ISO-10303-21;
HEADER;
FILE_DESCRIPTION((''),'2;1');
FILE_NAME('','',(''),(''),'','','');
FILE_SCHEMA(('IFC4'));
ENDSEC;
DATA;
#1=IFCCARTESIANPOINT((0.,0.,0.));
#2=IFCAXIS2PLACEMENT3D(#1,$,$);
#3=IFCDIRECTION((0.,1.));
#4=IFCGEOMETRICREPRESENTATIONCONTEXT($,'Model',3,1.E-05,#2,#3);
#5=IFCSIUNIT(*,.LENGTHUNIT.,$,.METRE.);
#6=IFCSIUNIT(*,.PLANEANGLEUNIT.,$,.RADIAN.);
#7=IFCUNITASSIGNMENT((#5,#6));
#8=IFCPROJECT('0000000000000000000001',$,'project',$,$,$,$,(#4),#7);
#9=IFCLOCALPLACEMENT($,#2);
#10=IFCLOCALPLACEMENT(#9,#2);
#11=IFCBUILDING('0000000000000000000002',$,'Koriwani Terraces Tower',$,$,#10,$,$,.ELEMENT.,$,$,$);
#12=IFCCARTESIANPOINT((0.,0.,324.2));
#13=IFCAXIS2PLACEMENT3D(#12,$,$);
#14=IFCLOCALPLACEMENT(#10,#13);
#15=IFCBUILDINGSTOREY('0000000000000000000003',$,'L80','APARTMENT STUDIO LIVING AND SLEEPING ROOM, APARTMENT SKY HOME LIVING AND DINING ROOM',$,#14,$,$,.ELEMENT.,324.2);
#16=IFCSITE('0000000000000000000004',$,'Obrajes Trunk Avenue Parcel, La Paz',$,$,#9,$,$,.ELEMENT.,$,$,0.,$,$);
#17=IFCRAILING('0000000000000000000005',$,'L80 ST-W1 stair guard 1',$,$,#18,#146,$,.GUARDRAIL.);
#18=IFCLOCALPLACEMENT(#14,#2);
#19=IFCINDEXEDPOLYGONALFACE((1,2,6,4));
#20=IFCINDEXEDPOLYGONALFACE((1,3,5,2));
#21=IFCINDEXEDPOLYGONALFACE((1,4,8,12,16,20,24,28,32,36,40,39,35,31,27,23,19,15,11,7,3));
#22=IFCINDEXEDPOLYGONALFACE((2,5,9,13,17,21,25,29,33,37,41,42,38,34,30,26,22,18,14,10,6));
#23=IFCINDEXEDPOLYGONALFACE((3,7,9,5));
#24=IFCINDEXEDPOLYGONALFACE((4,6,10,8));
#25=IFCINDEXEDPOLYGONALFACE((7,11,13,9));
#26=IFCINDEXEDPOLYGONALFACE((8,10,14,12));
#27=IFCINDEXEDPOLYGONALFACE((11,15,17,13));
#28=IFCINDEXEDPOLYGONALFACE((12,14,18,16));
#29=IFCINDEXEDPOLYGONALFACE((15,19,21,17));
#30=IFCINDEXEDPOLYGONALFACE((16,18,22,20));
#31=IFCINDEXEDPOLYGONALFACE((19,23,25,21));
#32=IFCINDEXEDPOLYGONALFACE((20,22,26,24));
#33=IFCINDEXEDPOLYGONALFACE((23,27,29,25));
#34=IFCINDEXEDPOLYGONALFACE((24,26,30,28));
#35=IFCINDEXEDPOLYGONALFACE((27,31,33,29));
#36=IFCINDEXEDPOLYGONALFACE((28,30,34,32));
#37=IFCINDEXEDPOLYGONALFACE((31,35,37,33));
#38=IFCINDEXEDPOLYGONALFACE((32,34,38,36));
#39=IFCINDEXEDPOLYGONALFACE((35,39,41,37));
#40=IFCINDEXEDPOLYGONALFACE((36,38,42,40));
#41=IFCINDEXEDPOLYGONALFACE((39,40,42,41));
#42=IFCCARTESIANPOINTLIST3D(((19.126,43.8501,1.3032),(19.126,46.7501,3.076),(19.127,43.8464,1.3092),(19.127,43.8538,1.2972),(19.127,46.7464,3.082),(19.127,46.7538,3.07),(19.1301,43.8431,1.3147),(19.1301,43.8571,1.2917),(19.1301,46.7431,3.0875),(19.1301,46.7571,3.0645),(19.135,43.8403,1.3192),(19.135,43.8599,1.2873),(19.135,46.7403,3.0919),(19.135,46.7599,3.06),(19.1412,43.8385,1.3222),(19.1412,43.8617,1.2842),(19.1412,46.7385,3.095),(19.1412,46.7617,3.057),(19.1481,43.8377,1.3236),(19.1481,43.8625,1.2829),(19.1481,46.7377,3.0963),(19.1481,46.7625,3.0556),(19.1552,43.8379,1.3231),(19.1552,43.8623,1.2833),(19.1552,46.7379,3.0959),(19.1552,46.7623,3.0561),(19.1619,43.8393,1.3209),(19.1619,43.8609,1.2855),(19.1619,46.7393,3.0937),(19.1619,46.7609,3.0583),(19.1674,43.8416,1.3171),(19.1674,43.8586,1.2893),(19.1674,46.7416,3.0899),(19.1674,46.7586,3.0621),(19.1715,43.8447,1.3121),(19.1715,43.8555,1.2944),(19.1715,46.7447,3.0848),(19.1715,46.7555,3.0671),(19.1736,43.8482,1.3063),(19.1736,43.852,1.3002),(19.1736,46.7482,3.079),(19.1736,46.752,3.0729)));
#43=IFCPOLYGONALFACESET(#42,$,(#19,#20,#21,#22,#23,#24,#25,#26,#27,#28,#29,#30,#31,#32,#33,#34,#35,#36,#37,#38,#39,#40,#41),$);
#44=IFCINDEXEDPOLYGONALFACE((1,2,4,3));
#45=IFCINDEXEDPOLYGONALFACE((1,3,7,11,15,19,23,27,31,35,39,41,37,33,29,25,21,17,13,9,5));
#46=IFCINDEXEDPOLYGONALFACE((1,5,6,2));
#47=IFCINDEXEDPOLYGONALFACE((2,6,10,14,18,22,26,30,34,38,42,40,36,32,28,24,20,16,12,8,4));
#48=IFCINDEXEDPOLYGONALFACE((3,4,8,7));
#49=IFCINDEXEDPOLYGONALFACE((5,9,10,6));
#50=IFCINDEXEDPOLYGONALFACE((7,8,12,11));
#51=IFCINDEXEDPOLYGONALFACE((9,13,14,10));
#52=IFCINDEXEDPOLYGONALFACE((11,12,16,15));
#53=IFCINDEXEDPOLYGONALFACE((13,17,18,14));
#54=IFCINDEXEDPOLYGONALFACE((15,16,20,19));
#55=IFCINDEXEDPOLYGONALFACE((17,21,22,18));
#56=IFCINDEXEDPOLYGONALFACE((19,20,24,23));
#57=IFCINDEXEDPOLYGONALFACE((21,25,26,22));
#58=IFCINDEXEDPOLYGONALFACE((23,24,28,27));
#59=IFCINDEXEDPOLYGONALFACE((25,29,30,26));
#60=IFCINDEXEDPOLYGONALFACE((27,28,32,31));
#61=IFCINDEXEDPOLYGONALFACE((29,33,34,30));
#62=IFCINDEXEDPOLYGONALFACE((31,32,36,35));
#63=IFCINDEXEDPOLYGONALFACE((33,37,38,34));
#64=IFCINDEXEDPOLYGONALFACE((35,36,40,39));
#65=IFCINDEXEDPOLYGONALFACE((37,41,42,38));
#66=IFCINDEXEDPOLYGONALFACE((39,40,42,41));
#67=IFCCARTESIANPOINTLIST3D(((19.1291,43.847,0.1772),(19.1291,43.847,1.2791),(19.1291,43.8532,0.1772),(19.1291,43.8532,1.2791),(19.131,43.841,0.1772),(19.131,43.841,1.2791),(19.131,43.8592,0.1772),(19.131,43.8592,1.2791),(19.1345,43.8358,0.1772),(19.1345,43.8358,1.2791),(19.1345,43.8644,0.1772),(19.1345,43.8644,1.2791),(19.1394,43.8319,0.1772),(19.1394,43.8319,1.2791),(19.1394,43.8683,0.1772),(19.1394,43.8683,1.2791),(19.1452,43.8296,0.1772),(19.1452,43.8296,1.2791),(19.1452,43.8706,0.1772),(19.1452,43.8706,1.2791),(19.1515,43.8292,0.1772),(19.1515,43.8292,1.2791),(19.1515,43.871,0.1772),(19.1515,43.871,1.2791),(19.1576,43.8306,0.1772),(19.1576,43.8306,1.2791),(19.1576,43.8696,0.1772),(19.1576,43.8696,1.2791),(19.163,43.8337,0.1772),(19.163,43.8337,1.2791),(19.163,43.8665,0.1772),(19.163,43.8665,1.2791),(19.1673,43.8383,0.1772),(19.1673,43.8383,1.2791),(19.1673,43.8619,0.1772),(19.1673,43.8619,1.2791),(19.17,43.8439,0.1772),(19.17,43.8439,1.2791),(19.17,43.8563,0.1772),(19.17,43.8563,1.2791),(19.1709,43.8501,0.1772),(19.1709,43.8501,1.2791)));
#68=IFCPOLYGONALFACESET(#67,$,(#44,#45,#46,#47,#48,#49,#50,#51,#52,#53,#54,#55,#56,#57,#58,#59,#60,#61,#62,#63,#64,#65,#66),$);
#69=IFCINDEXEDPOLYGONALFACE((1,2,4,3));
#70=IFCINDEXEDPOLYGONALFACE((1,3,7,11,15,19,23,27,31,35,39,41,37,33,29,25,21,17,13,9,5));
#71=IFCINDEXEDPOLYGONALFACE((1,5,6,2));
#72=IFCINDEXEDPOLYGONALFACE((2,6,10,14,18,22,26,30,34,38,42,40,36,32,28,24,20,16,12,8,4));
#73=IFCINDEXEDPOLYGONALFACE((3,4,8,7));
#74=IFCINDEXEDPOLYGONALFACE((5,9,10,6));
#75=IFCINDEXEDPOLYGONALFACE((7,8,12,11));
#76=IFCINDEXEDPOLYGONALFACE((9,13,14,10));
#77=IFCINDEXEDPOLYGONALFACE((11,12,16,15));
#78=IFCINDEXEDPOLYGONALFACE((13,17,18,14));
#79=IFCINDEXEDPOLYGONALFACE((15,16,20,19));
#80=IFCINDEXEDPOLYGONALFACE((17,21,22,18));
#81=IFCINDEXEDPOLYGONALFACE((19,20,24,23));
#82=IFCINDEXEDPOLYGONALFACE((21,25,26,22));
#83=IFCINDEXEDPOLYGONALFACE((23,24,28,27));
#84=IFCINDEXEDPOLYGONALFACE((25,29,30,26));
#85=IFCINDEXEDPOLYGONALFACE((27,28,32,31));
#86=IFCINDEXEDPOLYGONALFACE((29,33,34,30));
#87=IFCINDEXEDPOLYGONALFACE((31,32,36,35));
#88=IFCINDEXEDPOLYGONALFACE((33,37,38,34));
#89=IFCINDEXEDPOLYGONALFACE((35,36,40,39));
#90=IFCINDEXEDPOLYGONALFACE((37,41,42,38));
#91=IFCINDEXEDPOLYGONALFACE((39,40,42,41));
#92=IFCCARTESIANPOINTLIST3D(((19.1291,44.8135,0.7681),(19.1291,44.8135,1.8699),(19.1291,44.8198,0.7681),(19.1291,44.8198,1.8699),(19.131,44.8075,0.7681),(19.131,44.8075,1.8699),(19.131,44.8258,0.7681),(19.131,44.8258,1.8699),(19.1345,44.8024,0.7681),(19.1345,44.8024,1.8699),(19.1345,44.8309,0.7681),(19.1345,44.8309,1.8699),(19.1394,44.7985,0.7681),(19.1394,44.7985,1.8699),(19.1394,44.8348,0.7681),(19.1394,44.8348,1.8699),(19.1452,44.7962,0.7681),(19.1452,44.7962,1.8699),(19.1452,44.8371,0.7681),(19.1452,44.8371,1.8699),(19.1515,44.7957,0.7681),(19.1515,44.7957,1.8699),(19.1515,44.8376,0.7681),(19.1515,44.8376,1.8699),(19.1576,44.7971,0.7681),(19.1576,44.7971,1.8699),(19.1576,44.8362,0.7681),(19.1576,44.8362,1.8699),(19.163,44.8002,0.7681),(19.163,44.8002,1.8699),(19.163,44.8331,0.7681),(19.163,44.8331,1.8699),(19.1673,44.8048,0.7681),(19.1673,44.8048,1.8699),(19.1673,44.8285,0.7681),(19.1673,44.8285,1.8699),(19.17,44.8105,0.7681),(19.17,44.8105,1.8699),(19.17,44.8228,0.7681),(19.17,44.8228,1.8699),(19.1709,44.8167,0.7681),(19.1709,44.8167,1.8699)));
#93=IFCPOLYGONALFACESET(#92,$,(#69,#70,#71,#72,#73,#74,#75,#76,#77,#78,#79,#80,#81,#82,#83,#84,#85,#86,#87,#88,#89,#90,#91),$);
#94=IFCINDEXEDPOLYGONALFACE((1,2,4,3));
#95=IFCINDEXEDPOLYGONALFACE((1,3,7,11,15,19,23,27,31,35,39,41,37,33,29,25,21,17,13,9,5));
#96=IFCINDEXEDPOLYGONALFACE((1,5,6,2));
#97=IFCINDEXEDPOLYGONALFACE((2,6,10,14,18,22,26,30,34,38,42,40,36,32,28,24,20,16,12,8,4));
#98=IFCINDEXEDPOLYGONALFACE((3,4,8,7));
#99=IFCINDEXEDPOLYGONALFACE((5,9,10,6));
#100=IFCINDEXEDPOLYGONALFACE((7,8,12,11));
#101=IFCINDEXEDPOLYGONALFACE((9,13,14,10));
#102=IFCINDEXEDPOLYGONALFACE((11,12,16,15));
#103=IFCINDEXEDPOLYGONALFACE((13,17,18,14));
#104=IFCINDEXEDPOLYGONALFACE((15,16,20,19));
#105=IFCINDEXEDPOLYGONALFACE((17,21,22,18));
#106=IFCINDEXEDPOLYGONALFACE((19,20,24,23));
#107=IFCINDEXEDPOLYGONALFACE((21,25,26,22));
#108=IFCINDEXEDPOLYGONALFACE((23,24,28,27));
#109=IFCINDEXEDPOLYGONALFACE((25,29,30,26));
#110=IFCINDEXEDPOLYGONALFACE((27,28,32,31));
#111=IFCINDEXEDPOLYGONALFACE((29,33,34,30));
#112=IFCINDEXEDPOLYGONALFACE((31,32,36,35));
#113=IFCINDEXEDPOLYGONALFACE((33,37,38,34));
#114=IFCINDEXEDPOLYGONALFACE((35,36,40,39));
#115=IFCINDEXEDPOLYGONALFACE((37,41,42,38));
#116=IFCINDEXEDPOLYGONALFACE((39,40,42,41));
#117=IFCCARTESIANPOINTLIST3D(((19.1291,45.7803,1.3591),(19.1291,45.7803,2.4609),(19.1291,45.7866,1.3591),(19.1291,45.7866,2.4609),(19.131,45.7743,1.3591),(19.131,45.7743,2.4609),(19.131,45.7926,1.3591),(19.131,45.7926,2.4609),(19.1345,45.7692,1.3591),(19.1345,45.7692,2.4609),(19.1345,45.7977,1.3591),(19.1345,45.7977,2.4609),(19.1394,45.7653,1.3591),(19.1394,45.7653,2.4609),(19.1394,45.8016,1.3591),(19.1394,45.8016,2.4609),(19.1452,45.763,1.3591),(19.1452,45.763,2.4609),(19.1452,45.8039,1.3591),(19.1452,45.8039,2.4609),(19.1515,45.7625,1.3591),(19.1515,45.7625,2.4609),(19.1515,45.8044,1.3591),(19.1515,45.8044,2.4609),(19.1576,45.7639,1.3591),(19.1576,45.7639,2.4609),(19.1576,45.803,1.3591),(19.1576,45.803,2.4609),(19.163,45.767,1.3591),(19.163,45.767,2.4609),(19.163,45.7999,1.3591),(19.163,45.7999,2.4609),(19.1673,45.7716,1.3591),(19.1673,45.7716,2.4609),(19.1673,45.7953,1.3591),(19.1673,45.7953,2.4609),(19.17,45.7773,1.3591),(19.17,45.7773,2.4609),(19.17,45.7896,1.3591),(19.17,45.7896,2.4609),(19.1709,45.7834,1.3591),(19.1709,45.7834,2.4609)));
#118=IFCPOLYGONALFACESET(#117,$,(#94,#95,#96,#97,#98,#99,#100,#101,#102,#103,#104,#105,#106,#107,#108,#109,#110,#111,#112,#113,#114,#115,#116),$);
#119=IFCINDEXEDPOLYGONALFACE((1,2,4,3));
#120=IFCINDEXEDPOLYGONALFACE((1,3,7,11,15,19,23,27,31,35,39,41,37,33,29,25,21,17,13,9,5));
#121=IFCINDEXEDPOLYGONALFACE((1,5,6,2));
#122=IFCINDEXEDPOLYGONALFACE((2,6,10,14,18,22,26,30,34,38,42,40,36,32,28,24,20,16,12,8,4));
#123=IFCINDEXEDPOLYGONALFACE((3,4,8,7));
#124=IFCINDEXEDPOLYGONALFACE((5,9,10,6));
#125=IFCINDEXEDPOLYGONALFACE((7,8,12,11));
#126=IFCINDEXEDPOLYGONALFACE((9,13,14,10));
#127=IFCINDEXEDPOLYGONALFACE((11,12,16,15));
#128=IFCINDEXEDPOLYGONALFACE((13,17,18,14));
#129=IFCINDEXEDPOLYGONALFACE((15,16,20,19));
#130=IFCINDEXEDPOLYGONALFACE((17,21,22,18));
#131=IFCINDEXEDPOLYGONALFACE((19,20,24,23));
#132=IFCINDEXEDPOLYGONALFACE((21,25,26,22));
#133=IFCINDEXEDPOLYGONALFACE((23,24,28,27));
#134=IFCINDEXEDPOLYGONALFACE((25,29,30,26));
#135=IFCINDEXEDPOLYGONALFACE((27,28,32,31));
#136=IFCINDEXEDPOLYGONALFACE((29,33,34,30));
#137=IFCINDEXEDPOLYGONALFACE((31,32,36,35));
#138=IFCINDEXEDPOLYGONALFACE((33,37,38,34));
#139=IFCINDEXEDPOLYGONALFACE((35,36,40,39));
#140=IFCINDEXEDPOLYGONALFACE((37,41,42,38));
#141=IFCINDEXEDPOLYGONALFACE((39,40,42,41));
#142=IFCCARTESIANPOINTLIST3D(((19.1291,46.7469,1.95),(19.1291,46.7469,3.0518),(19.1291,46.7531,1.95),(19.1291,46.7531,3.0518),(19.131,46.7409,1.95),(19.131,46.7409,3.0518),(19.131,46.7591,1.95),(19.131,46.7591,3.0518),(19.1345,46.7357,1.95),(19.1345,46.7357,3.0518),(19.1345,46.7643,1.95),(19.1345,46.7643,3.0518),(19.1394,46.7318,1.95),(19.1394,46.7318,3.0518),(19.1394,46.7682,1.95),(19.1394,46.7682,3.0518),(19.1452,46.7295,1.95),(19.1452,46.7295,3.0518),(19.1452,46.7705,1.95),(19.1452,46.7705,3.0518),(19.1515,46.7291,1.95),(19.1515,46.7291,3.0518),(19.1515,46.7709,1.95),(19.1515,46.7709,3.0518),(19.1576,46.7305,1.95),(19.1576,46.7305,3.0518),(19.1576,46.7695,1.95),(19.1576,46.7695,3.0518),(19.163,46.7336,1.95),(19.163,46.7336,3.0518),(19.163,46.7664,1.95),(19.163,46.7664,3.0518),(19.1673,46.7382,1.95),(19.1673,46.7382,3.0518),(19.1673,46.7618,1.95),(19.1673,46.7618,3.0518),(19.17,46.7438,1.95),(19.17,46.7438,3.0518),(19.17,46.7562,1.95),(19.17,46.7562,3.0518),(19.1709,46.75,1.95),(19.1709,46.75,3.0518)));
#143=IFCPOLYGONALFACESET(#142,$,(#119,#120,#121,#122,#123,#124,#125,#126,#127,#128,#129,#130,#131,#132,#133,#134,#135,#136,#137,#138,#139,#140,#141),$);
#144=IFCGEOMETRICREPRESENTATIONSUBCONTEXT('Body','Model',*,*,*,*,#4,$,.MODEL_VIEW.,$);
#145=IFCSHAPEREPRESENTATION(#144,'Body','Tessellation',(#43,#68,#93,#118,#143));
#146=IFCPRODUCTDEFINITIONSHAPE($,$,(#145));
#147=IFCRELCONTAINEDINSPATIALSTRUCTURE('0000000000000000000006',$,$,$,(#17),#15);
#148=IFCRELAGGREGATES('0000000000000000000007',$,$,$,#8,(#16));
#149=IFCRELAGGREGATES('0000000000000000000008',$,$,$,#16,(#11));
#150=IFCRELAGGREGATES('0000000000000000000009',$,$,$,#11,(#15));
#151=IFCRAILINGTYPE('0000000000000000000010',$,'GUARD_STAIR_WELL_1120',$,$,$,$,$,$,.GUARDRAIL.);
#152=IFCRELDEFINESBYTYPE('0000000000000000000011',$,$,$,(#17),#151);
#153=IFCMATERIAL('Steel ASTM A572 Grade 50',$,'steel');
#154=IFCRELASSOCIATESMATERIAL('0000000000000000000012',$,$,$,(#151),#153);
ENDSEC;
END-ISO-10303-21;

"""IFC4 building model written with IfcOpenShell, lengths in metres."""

from ifc_helpers import new_model, si_unit, direction, frame, origin, origin_2d, place, context, subcontext, project, spatial, circle, extrude, material, type_object, element, save


model = new_model("IFC4")

# Units and contexts
model_context = context("Model", 3, precision=1e-05, world=origin(), true_north=direction((0.0, 1.0)))
body_context = subcontext(model_context, "Body", "Model", "MODEL_VIEW")
ifc_project = project(units=[si_unit("LENGTHUNIT", "METRE"), si_unit("PLANEANGLEUNIT", "RADIAN")], contexts=[model_context])

# Site, building, storey
site_placement = place(None, origin())
site = spatial("IfcSite", under=ifc_project, at=site_placement, Name="Obrajes Trunk Avenue Parcel, La Paz", CompositionType="ELEMENT", RefElevation=0.0)
building_placement = place(site_placement, origin())
building = spatial("IfcBuilding", under=site, at=building_placement, Name="Koriwani Terraces Tower", CompositionType="ELEMENT")
storey_placement = place(building_placement, frame((0.0, 0.0, 324.2)))
storey = spatial("IfcBuildingStorey", under=building, at=storey_placement, Name="L80", Description="APARTMENT STUDIO LIVING AND SLEEPING ROOM, APARTMENT SKY HOME LIVING AND DINING ROOM", CompositionType="ELEMENT", Elevation=324.2)

# Shared definitions
ifc_material_1 = material(Name="Steel ASTM A572 Grade 50", Category="steel")

# Railing
railing_type_1 = type_object("IfcRailingType", Name="GUARD_STAIR_WELL_1120", PredefinedType="GUARDRAIL", material=ifc_material_1)
railing_1_placement = place(storey_placement, frame((19.1499, 43.8501, 0.1772)))
element("IfcRailing", 1, at=railing_1_placement, inside=storey, type_object=railing_type_1, Name="L80 ST-W1 stair guard 1", PredefinedType="GUARDRAIL", context=body_context, shape_type="SweptSolid", body=[
    extrude(circle(Radius=0.0239, at=origin_2d()), frame((0.0, 0.0, 1.126), z_axis=(0.0, 0.853211, 0.521566), x_axis=(-1.0, 0.0, 0.0)), (0.0, 0.0, 1.0), 3.3989),
    extrude(circle(Radius=0.021, at=origin_2d()), origin(), (0.0, 0.0, 1.0), 1.1018),
    extrude(circle(Radius=0.021, at=origin_2d()), frame((0.0, 0.9666, 0.5908)), (0.0, 0.0, 1.0), 1.1018),
    extrude(circle(Radius=0.021, at=origin_2d()), frame((0.0, 1.9333, 1.1819)), (0.0, 0.0, 1.0), 1.1018),
    extrude(circle(Radius=0.021, at=origin_2d()), frame((0.0, 2.8999, 1.7727)), (0.0, 0.0, 1.0), 1.1018),
])

save(model, "model.ifc")
